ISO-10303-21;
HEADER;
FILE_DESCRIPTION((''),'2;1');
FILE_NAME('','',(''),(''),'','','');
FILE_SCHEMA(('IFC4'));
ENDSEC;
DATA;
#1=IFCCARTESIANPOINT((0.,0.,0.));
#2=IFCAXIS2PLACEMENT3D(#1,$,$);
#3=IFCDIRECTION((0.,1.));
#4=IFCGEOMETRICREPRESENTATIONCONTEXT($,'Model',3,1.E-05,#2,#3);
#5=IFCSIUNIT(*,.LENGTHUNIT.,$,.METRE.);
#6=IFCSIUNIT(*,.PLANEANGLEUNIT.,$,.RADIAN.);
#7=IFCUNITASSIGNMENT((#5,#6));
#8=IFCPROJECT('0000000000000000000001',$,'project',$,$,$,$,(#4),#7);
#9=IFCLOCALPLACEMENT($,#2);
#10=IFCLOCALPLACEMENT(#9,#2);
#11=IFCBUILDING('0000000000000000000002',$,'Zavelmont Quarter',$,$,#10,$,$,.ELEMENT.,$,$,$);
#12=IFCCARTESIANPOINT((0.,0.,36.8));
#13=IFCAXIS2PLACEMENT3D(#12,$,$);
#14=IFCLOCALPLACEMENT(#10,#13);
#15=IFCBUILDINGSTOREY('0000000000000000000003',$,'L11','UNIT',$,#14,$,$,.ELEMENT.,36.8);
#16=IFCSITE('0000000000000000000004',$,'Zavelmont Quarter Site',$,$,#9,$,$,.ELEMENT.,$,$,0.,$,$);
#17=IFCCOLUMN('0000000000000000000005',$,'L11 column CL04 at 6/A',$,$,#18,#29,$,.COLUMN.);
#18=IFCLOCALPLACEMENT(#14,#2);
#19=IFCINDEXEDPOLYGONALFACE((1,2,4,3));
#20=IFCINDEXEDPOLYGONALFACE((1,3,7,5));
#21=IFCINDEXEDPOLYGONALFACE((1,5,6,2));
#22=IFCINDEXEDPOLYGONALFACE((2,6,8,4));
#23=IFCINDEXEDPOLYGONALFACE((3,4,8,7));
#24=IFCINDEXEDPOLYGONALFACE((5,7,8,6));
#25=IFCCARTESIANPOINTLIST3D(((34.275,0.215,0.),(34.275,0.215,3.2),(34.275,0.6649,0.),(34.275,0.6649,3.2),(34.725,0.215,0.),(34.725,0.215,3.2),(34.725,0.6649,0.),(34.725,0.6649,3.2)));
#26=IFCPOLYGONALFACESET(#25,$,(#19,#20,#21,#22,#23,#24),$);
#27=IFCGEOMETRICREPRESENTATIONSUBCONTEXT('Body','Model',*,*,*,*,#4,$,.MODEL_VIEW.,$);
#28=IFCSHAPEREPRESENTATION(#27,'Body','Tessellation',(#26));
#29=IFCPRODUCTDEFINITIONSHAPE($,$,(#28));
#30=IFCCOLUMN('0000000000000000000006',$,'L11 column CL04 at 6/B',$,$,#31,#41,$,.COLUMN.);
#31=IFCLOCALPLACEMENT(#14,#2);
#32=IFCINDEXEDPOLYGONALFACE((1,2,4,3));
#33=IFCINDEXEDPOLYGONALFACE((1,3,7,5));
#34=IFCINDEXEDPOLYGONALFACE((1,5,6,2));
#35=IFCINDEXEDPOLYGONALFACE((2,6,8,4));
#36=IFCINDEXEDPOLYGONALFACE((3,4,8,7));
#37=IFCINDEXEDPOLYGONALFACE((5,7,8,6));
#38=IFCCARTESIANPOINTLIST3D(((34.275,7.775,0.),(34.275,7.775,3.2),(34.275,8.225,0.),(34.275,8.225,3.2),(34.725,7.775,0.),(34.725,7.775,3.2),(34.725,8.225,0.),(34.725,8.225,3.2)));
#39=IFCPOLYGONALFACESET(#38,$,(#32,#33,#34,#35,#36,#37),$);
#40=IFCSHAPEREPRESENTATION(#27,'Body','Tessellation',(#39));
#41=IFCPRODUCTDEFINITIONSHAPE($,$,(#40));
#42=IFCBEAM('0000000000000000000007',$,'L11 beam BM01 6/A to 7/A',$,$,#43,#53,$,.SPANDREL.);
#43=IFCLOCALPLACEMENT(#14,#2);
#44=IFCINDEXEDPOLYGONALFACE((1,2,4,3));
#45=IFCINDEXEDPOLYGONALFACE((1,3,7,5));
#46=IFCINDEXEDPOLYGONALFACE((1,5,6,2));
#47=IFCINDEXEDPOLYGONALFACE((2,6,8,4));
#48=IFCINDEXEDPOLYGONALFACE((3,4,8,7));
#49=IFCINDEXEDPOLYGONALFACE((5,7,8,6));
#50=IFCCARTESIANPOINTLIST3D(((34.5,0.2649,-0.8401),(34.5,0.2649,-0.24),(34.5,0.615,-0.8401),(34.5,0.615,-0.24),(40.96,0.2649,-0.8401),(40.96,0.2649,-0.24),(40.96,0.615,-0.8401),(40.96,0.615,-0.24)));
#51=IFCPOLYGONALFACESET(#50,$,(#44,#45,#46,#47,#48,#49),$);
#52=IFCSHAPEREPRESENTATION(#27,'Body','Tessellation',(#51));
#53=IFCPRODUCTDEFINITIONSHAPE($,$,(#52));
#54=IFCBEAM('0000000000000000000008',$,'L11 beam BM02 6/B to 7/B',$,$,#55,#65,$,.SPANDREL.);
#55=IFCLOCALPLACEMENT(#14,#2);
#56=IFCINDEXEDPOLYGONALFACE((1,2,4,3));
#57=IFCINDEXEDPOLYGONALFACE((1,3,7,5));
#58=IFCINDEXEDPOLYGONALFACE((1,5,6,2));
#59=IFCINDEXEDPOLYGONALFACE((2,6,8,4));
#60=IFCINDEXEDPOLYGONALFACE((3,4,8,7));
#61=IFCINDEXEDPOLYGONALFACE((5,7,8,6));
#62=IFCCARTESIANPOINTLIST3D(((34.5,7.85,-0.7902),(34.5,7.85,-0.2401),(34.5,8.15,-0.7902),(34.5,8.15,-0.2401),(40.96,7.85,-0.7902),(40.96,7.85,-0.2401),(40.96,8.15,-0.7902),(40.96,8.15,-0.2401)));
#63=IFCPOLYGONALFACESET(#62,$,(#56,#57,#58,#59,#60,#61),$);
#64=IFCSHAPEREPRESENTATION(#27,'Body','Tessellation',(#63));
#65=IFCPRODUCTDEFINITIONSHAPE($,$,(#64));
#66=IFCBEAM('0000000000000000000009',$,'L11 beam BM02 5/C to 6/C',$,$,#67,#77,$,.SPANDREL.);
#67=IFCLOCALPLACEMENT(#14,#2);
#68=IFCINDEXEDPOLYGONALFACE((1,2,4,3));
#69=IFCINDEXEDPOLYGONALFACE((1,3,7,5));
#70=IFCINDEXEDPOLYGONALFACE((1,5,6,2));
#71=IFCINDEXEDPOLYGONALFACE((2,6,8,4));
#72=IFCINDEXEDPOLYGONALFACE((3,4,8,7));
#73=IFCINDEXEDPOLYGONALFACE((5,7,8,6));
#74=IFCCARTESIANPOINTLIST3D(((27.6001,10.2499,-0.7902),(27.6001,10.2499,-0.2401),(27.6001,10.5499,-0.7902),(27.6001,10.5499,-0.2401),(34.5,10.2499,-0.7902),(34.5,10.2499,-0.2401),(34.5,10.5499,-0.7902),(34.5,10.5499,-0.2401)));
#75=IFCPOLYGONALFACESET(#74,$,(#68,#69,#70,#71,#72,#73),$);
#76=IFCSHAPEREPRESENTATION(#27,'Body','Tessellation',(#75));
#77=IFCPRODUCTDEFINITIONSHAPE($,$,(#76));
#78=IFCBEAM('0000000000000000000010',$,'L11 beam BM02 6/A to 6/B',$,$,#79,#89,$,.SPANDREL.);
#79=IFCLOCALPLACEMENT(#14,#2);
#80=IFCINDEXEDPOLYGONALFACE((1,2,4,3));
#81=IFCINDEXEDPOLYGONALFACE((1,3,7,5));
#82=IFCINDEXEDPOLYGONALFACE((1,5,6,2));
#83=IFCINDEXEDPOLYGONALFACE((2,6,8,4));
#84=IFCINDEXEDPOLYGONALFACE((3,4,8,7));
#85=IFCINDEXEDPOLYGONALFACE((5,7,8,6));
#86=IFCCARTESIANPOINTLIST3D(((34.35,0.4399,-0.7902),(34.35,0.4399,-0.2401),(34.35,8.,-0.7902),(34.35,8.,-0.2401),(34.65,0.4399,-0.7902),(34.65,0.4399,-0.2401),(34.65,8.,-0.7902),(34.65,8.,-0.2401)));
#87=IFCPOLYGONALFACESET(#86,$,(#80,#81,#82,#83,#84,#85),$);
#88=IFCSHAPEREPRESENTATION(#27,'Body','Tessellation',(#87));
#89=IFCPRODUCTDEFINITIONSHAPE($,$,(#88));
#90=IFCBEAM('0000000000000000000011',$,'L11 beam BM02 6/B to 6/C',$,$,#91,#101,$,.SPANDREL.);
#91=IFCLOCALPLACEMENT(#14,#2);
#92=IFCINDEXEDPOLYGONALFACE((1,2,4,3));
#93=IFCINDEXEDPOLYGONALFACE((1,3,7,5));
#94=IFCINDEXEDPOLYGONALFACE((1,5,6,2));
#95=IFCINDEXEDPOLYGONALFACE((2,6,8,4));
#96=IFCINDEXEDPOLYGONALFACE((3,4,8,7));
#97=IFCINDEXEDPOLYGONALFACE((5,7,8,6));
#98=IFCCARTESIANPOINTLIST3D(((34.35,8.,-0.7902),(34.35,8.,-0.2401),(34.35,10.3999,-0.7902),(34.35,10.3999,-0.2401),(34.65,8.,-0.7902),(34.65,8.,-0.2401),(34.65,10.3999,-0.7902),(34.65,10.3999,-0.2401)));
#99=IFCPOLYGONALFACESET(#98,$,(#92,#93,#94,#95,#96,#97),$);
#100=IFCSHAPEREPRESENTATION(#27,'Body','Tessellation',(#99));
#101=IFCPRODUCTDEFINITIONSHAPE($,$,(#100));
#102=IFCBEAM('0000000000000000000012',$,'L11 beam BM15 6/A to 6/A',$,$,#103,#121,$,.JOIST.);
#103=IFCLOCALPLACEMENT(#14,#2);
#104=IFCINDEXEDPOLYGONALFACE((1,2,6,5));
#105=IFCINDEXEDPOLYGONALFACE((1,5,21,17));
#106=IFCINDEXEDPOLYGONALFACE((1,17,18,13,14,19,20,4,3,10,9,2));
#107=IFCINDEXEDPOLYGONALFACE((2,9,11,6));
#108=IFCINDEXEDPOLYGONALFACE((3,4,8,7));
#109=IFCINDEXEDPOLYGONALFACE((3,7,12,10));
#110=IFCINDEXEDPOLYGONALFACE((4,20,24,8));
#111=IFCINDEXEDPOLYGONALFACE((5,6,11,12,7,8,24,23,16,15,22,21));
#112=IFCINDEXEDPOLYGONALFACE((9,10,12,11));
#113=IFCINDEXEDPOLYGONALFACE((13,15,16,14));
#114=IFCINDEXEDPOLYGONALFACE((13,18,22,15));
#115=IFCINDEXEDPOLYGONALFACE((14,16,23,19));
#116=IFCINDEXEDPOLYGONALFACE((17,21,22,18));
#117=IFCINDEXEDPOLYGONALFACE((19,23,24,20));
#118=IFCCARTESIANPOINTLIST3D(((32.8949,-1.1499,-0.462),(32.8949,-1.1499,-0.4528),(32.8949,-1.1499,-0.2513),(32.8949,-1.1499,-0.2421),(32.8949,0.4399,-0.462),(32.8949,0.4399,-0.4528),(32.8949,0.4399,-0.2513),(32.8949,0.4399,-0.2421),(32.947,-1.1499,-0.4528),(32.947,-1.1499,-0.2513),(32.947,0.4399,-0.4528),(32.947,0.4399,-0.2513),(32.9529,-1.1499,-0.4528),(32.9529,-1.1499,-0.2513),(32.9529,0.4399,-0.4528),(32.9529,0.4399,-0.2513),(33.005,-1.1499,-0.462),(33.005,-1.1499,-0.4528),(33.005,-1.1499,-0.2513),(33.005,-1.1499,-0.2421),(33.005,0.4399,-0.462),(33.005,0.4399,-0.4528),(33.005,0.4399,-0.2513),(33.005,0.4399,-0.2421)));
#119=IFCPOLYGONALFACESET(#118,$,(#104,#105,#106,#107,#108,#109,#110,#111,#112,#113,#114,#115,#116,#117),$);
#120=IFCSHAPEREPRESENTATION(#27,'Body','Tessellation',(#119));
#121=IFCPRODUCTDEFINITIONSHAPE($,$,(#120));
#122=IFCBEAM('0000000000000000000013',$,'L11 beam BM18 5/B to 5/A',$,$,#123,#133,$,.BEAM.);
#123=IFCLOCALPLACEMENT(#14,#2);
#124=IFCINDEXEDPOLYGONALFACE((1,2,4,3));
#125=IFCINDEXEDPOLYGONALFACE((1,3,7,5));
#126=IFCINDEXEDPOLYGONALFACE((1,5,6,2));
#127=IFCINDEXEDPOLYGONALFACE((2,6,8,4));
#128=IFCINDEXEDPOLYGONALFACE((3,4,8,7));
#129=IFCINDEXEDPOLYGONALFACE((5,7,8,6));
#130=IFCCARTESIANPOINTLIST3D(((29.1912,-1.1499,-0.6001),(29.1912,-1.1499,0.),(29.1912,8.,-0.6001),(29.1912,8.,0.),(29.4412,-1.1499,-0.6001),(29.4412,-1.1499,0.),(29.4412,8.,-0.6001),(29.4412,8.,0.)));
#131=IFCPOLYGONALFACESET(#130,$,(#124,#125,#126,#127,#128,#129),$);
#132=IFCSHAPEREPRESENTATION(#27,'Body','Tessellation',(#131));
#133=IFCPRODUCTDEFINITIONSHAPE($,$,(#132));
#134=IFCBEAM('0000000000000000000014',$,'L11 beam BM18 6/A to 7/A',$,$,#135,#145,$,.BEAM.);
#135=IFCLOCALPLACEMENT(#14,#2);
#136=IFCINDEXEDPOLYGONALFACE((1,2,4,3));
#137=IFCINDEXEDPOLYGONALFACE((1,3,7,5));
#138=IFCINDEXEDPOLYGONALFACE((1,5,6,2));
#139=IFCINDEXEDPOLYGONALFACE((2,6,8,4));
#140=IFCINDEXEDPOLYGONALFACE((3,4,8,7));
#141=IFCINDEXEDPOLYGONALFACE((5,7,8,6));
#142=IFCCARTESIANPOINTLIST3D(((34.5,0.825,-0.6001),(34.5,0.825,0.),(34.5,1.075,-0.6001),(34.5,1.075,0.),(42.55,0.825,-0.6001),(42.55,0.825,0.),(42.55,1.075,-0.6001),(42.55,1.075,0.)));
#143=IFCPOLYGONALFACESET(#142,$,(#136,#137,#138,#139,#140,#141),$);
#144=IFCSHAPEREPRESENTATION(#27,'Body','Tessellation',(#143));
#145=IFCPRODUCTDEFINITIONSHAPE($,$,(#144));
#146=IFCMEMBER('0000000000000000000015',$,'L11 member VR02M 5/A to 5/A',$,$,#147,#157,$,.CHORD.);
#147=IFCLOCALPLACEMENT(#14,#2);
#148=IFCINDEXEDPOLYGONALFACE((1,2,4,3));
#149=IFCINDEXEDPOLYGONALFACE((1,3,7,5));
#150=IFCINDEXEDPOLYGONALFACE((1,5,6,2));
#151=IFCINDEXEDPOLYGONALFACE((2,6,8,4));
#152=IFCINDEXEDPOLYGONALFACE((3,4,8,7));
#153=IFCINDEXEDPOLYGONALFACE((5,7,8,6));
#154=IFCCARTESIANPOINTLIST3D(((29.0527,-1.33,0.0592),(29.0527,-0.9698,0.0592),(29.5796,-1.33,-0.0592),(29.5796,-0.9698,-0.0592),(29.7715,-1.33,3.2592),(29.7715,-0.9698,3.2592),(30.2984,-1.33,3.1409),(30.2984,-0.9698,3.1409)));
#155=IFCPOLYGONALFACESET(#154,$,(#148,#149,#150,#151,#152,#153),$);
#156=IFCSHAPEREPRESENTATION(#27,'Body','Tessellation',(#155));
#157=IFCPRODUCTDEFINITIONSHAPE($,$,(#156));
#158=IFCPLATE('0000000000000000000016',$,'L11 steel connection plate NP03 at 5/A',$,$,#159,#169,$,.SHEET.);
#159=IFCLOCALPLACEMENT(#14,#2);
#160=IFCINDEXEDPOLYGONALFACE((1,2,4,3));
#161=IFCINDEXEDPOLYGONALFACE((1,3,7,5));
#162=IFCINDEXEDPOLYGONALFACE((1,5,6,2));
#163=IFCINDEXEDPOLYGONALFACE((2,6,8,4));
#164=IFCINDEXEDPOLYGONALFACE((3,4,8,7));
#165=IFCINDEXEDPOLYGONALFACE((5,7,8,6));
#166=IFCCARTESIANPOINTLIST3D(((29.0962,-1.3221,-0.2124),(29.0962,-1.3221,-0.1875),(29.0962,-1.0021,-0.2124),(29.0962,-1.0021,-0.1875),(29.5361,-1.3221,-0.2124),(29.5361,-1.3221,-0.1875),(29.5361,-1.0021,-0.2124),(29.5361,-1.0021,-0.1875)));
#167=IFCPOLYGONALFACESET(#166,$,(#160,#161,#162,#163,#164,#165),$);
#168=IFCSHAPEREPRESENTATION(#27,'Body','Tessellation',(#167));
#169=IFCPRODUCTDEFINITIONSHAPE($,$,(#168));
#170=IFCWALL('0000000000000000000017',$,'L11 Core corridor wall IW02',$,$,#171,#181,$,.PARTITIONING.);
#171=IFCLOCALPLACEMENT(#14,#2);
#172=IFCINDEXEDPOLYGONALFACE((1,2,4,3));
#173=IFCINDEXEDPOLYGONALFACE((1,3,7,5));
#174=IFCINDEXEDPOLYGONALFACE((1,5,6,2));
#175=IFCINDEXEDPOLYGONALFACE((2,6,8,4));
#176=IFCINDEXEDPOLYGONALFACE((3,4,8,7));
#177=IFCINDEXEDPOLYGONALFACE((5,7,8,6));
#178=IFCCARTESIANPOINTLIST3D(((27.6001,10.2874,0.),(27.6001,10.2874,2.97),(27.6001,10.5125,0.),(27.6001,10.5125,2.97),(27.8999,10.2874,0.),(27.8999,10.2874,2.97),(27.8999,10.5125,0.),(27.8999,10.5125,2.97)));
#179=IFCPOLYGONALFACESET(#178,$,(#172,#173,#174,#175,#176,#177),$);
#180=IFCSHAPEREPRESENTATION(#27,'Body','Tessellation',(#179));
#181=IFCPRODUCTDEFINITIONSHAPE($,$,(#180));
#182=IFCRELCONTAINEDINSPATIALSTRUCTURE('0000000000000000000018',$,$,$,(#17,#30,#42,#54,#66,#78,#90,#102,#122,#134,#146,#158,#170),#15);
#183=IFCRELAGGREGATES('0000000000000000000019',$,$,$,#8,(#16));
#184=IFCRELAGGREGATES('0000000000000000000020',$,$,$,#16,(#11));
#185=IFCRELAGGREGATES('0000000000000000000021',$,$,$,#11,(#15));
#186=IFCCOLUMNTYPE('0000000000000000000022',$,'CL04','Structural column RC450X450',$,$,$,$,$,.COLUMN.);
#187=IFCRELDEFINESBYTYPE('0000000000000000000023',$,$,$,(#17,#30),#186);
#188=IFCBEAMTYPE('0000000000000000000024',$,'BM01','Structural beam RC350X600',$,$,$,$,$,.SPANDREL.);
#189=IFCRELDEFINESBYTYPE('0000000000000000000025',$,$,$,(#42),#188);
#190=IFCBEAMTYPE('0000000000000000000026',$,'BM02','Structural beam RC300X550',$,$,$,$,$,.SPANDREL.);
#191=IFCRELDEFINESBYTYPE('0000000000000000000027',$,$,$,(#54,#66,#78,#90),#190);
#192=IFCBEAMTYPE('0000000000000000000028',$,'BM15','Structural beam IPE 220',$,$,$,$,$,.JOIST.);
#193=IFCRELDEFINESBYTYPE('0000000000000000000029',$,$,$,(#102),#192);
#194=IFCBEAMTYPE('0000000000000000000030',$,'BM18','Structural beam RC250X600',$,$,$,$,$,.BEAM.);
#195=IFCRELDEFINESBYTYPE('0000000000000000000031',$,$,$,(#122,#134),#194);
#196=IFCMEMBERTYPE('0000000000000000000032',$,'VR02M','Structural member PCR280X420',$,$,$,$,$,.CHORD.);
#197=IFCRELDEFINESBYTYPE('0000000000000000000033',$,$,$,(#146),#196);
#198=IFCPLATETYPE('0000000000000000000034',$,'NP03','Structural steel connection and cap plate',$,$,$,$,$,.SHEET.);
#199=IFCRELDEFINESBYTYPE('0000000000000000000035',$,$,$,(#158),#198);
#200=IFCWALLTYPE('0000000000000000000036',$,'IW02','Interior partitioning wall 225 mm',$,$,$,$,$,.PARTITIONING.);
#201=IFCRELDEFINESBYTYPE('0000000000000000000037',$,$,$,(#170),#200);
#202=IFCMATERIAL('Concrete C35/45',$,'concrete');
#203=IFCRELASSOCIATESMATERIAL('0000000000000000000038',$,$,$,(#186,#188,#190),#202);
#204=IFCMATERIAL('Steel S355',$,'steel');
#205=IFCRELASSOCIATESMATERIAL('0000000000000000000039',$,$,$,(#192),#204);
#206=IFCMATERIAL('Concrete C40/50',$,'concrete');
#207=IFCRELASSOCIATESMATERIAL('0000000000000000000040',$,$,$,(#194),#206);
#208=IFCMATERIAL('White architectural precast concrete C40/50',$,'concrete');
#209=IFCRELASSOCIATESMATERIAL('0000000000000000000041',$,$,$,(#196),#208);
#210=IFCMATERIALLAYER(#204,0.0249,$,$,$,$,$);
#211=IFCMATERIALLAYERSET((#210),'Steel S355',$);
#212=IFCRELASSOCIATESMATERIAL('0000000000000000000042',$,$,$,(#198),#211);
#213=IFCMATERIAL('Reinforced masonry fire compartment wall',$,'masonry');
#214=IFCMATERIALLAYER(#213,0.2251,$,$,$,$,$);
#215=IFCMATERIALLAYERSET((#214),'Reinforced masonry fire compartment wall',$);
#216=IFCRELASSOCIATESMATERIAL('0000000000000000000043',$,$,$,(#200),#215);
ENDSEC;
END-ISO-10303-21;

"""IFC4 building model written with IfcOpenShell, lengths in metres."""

from ifc_helpers import new_model, si_unit, direction, frame, frame_2d, origin, origin_2d, place, context, subcontext, project, spatial, rectangle, i_section, extrude, material, layer, layer_set, material_profile, profile_set, type_object, element, save


model = new_model("IFC4")

# Units and contexts
model_context = context("Model", 3, precision=1e-05, world=origin(), true_north=direction((0.0, 1.0)))
body_context = subcontext(model_context, "Body", "Model", "MODEL_VIEW")
ifc_project = project(units=[si_unit("LENGTHUNIT", "METRE"), si_unit("PLANEANGLEUNIT", "RADIAN")], contexts=[model_context])

# Site, building, storey
site_placement = place(None, origin())
site = spatial("IfcSite", under=ifc_project, at=site_placement, Name="Zavelmont Quarter Site", CompositionType="ELEMENT", RefElevation=0.0)
building_placement = place(site_placement, origin())
building = spatial("IfcBuilding", under=site, at=building_placement, Name="Zavelmont Quarter", CompositionType="ELEMENT")
storey_placement = place(building_placement, frame((0.0, 0.0, 36.8)))
storey = spatial("IfcBuildingStorey", under=building, at=storey_placement, Name="L11", Description="UNIT", CompositionType="ELEMENT", Elevation=36.8)

# Columns
ifc_material_1 = material(Name="Concrete C35/45", Category="concrete")
ifc_material_profile_1 = material_profile(ifc_material_1, rectangle(XDim=0.45, YDim=0.45, at=origin_2d()), Name="RC450X450")
ifc_profile_set_1 = profile_set([ifc_material_profile_1], Name="Concrete C35/45")
column_type = type_object("IfcColumnType", Name="CL04", Description="Structural column RC450X450", PredefinedType="COLUMN", material=ifc_profile_set_1)
for number, where, z_axis, x_axis, name in (
    (1, (34.5, 0.4399, 0.0), (0.0, 0.0, 1.0), (1.0, 0.0, 0.0), "L11 column CL04 at 6/A"),
    (2, (34.5, 8.0, 0.0), (0.0, 0.0, 1.0), (1.0, 0.0, 0.0), "L11 column CL04 at 6/B"),
):
    element("IfcColumn", number, at=place(storey_placement, frame(where, z_axis=z_axis, x_axis=x_axis)), inside=storey, type_object=column_type, Name=name, PredefinedType="COLUMN", context=body_context, shape_type="SweptSolid", body=[
        extrude(rectangle(XDim=0.45, YDim=0.45, at=origin_2d()), origin(), (0.0, 0.0, 1.0), 3.2),
    ])

# Beams
ifc_material_profile_2 = material_profile(ifc_material_1, rectangle(XDim=0.3501, YDim=0.6001, at=origin_2d()), Name="RC350X600")
ifc_profile_set_2 = profile_set([ifc_material_profile_2], Name="Concrete C35/45")
beam_type_1 = type_object("IfcBeamType", Name="BM01", Description="Structural beam RC350X600", PredefinedType="SPANDREL", material=ifc_profile_set_2)
beam_1_placement = place(storey_placement, frame((34.5, 0.4399, -0.54), z_axis=(1.0, 0.0, 0.0), x_axis=(0.0, 1.0, 0.0)))
element("IfcBeam", 3, at=beam_1_placement, inside=storey, type_object=beam_type_1, Name="L11 beam BM01 6/A to 7/A", PredefinedType="SPANDREL", context=body_context, shape_type="SweptSolid", body=[
    extrude(rectangle(XDim=0.3501, YDim=0.6001, at=origin_2d()), origin(), (0.0, 0.0, 1.0), 6.46),
])
ifc_material_profile_3 = material_profile(ifc_material_1, rectangle(XDim=0.3, YDim=0.55, at=origin_2d()), Name="RC300X550")
ifc_profile_set_3 = profile_set([ifc_material_profile_3], Name="Concrete C35/45")
beam_type_2 = type_object("IfcBeamType", Name="BM02", Description="Structural beam RC300X550", PredefinedType="SPANDREL", material=ifc_profile_set_3)
beam_2_placement = place(storey_placement, frame((34.5, 8.0, -0.5151), z_axis=(1.0, 0.0, 0.0), x_axis=(0.0, 1.0, 0.0)))
element("IfcBeam", 4, at=beam_2_placement, inside=storey, type_object=beam_type_2, Name="L11 beam BM02 6/B to 7/B", PredefinedType="SPANDREL", context=body_context, shape_type="SweptSolid", body=[
    extrude(rectangle(XDim=0.3, YDim=0.55, at=origin_2d()), origin(), (0.0, 0.0, 1.0), 6.46),
])
beam_3_placement = place(storey_placement, frame((27.6001, 10.3999, -0.5151), z_axis=(1.0, 0.0, 0.0), x_axis=(0.0, 1.0, 0.0)))
element("IfcBeam", 5, at=beam_3_placement, inside=storey, type_object=beam_type_2, Name="L11 beam BM02 5/C to 6/C", PredefinedType="SPANDREL", context=body_context, shape_type="SweptSolid", body=[
    extrude(rectangle(XDim=0.3, YDim=0.55, at=origin_2d()), origin(), (0.0, 0.0, 1.0), 6.8999),
])
beam_4_placement = place(storey_placement, frame((34.5, 0.4399, -0.5151), z_axis=(0.0, 1.0, 0.0), x_axis=(-1.0, 0.0, 0.0)))
element("IfcBeam", 6, at=beam_4_placement, inside=storey, type_object=beam_type_2, Name="L11 beam BM02 6/A to 6/B", PredefinedType="SPANDREL", context=body_context, shape_type="SweptSolid", body=[
    extrude(rectangle(XDim=0.3, YDim=0.55, at=origin_2d()), origin(), (0.0, 0.0, 1.0), 7.5601),
])
beam_5_placement = place(storey_placement, frame((34.5, 8.0, -0.5151), z_axis=(0.0, 1.0, 0.0), x_axis=(-1.0, 0.0, 0.0)))
element("IfcBeam", 7, at=beam_5_placement, inside=storey, type_object=beam_type_2, Name="L11 beam BM02 6/B to 6/C", PredefinedType="SPANDREL", context=body_context, shape_type="SweptSolid", body=[
    extrude(rectangle(XDim=0.3, YDim=0.55, at=origin_2d()), origin(), (0.0, 0.0, 1.0), 2.3999),
])
ifc_material_2 = material(Name="Steel S355", Category="steel")
ifc_material_profile_4 = material_profile(ifc_material_2, i_section(OverallWidth=0.1101, OverallDepth=0.22, WebThickness=0.0059, FlangeThickness=0.0093, at=origin_2d()), Name="IPE 220")
ifc_profile_set_4 = profile_set([ifc_material_profile_4], Name="Steel S355")
beam_type_3 = type_object("IfcBeamType", Name="BM15", Description="Structural beam IPE 220", PredefinedType="JOIST", material=ifc_profile_set_4)
beam_6_placement = place(storey_placement, frame((32.95, 0.4399, -0.3521), z_axis=(0.0, -1.0, 0.0), x_axis=(1.0, 0.0, 0.0)))
element("IfcBeam", 8, at=beam_6_placement, inside=storey, type_object=beam_type_3, Name="L11 beam BM15 6/A to 6/A", PredefinedType="JOIST", context=body_context, shape_type="SweptSolid", body=[
    extrude(i_section(OverallWidth=0.1101, OverallDepth=0.22, WebThickness=0.0059, FlangeThickness=0.0093, at=origin_2d()), origin(), (0.0, 0.0, 1.0), 1.5898),
])
ifc_material_3 = material(Name="Concrete C40/50", Category="concrete")
ifc_material_profile_5 = material_profile(ifc_material_3, rectangle(XDim=0.25, YDim=0.6001, at=origin_2d()), Name="RC250X600")
ifc_profile_set_5 = profile_set([ifc_material_profile_5], Name="Concrete C40/50")
beam_type_4 = type_object("IfcBeamType", Name="BM18", Description="Structural beam RC250X600", PredefinedType="BEAM", material=ifc_profile_set_5)
beam_7_placement = place(storey_placement, frame((29.3162, 8.0, -0.3), z_axis=(0.0, -1.0, 0.0), x_axis=(1.0, 0.0, 0.0)))
element("IfcBeam", 9, at=beam_7_placement, inside=storey, type_object=beam_type_4, Name="L11 beam BM18 5/B to 5/A", PredefinedType="BEAM", context=body_context, shape_type="SweptSolid", body=[
    extrude(rectangle(XDim=0.25, YDim=0.6001, at=origin_2d()), origin(), (0.0, 0.0, 1.0), 9.1499),
])
beam_8_placement = place(storey_placement, frame((34.5, 0.95, -0.3), z_axis=(1.0, 0.0, 0.0), x_axis=(0.0, 1.0, 0.0)))
element("IfcBeam", 10, at=beam_8_placement, inside=storey, type_object=beam_type_4, Name="L11 beam BM18 6/A to 7/A", PredefinedType="BEAM", context=body_context, shape_type="SweptSolid", body=[
    extrude(rectangle(XDim=0.25, YDim=0.6001, at=origin_2d()), origin(), (0.0, 0.0, 1.0), 8.05),
])

# Member
ifc_material_4 = material(Name="White architectural precast concrete C40/50", Category="concrete")
ifc_material_profile_6 = material_profile(ifc_material_4, rectangle(XDim=0.3601, YDim=0.54, at=origin_2d()), Name="PCR280X420")
ifc_profile_set_6 = profile_set([ifc_material_profile_6], Name="White architectural precast concrete C40/50")
member_type = type_object("IfcMemberType", Name="VR02M", Description="Structural member PCR280X420", PredefinedType="CHORD", material=ifc_profile_set_6)
member_placement = place(storey_placement, frame((29.3162, -1.1499, 0.0), z_axis=(0.219153, 0.0, 0.975691), x_axis=(0.0, 1.0, 0.0)))
element("IfcMember", 11, at=member_placement, inside=storey, type_object=member_type, Name="L11 member VR02M 5/A to 5/A", PredefinedType="CHORD", context=body_context, shape_type="SweptSolid", body=[
    extrude(rectangle(XDim=0.3601, YDim=0.54, at=origin_2d()), origin(), (0.0, 0.0, 1.0), 3.2798),
])

# Plate
ifc_layer_1 = layer(ifc_material_2, 0.0249)
ifc_layer_set_1 = layer_set([ifc_layer_1], Name="Steel S355")
plate_type = type_object("IfcPlateType", Name="NP03", Description="Structural steel connection and cap plate", PredefinedType="SHEET", material=ifc_layer_set_1)
plate_placement = place(storey_placement, frame((29.3162, -1.1621, -0.2124), z_axis=(0.0, 0.0, 1.0), x_axis=(1.0, 0.0, 0.0)))
element("IfcPlate", 12, at=plate_placement, inside=storey, type_object=plate_type, Name="L11 steel connection plate NP03 at 5/A", PredefinedType="SHEET", context=body_context, shape_type="SweptSolid", body=[
    extrude(rectangle(XDim=0.4399, YDim=0.3201, at=origin_2d()), origin(), (0.0, 0.0, 1.0), 0.0249),
])

# Wall
ifc_material_5 = material(Name="Reinforced masonry fire compartment wall", Category="masonry")
ifc_layer_2 = layer(ifc_material_5, 0.2251)
ifc_layer_set_2 = layer_set([ifc_layer_2], Name="Reinforced masonry fire compartment wall")
wall_type_1 = type_object("IfcWallType", Name="IW02", Description="Interior partitioning wall 225 mm", PredefinedType="PARTITIONING", material=ifc_layer_set_2)
wall_1_placement = place(storey_placement, frame((27.6001, 10.3999, 0.0), z_axis=(0.0, 0.0, 1.0), x_axis=(1.0, 0.0, 0.0)))
element("IfcWall", 13, at=wall_1_placement, inside=storey, type_object=wall_type_1, Name="L11 Core corridor wall IW02", PredefinedType="PARTITIONING", context=body_context, shape_type="SweptSolid", body=[
    extrude(rectangle(XDim=0.2998, YDim=0.2251, at=frame_2d((0.1499, 0.0))), origin(), (0.0, 0.0, 1.0), 2.97),
])

save(model, "model.ifc")
